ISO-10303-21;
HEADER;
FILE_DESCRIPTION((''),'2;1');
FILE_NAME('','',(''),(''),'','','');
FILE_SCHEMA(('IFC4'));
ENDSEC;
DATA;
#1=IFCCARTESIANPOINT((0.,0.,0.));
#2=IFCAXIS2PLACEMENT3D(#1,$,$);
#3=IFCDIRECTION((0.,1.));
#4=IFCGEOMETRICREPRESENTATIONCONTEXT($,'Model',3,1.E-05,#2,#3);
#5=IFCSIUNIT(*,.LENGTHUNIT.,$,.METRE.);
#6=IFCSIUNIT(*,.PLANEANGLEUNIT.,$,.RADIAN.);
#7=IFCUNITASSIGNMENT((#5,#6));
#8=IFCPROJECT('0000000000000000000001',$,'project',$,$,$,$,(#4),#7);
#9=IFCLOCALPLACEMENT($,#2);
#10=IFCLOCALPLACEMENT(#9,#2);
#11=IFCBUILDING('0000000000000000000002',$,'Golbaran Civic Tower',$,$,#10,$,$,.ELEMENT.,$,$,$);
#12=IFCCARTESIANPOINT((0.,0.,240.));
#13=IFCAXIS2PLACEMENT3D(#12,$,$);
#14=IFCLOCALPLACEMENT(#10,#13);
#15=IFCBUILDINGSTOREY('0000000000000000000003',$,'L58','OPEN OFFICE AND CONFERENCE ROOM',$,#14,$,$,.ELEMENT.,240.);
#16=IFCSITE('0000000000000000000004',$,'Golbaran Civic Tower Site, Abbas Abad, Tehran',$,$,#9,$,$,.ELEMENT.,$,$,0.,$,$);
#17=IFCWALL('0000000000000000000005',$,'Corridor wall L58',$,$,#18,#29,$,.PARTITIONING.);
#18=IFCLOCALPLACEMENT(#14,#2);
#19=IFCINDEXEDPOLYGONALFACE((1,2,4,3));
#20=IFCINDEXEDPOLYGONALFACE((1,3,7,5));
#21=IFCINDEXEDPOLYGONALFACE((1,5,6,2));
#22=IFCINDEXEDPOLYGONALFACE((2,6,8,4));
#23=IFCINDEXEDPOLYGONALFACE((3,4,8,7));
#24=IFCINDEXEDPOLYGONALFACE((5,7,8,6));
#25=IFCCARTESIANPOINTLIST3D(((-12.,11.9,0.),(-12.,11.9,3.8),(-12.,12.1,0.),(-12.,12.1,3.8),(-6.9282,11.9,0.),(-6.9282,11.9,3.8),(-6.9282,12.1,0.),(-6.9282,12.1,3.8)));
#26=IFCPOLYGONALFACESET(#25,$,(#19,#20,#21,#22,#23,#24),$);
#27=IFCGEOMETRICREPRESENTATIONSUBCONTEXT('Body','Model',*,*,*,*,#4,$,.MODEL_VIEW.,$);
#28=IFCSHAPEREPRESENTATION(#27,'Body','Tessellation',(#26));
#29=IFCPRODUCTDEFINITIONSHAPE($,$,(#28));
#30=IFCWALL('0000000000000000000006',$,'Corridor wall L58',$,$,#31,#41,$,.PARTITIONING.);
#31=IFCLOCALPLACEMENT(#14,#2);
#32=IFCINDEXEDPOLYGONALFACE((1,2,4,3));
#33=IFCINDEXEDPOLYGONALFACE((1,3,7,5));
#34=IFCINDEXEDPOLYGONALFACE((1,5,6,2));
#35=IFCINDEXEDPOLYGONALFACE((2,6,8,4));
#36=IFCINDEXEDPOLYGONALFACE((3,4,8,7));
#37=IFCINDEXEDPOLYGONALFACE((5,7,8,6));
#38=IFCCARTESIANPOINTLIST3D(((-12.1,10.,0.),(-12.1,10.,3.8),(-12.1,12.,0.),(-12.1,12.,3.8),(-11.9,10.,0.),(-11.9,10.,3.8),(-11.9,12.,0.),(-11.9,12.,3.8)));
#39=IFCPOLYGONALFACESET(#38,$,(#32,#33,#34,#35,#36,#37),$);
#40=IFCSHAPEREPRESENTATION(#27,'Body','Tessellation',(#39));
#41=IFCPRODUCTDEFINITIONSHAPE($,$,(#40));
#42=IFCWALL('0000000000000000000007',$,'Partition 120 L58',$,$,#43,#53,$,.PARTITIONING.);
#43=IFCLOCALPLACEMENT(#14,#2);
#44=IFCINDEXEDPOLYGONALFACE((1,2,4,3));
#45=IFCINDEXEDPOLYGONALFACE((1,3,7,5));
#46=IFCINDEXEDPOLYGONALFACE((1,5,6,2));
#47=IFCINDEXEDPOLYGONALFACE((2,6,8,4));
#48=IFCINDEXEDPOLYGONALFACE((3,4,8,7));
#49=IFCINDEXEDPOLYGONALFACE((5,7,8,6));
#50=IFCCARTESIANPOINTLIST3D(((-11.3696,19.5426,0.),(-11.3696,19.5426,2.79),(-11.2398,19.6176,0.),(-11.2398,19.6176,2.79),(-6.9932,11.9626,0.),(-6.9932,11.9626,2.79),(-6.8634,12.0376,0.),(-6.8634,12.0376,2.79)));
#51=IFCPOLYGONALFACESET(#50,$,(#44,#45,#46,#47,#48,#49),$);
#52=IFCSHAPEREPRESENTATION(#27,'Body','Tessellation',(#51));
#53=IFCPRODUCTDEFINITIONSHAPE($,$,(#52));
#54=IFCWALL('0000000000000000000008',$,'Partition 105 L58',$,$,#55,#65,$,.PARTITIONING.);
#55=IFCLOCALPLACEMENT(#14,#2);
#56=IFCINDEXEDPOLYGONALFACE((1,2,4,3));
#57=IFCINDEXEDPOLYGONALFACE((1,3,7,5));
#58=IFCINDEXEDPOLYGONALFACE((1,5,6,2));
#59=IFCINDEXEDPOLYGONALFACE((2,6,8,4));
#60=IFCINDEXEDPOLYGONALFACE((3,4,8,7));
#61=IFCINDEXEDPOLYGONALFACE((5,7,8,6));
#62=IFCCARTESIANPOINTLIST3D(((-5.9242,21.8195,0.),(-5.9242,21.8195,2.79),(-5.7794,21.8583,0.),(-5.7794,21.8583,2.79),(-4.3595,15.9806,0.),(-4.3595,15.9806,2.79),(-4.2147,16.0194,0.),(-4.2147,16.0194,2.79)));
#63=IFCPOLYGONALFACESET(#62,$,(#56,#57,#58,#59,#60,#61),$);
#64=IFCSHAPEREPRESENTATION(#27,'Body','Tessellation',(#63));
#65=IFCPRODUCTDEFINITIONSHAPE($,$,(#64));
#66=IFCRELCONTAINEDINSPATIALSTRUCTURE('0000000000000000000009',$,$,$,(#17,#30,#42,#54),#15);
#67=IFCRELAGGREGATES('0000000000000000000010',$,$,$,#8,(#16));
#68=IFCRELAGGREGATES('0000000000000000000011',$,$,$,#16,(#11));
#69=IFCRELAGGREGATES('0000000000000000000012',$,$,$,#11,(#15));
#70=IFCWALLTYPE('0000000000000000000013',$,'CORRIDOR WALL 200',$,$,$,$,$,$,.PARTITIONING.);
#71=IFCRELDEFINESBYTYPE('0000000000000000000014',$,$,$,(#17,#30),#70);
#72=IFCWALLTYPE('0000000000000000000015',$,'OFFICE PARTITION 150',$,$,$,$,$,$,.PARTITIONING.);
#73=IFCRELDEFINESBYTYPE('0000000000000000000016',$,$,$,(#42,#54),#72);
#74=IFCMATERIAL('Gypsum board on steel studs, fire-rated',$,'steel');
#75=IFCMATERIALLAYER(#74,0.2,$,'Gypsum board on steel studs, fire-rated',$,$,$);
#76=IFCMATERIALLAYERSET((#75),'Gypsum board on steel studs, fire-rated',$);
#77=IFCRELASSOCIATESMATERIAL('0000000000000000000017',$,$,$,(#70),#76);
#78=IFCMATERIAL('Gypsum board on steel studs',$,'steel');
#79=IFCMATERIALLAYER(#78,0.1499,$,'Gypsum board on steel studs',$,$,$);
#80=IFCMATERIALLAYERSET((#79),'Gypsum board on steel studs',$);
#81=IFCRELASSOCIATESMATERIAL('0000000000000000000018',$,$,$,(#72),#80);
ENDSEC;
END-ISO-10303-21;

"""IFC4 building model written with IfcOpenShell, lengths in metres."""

from ifc_helpers import new_model, si_unit, direction, frame, frame_2d, origin, place, context, subcontext, project, spatial, rectangle, extrude, material, layer, layer_set, type_object, element, save


model = new_model("IFC4")

# Units and contexts
model_context = context("Model", 3, precision=1e-05, world=origin(), true_north=direction((0.0, 1.0)))
body_context = subcontext(model_context, "Body", "Model", "MODEL_VIEW")
ifc_project = project(units=[si_unit("LENGTHUNIT", "METRE"), si_unit("PLANEANGLEUNIT", "RADIAN")], contexts=[model_context])

# Site, building, storey
site_placement = place(None, origin())
site = spatial("IfcSite", under=ifc_project, at=site_placement, Name="Golbaran Civic Tower Site, Abbas Abad, Tehran", CompositionType="ELEMENT", RefElevation=0.0)
building_placement = place(site_placement, origin())
building = spatial("IfcBuilding", under=site, at=building_placement, Name="Golbaran Civic Tower", CompositionType="ELEMENT")
storey_placement = place(building_placement, frame((0.0, 0.0, 240.0)))
storey = spatial("IfcBuildingStorey", under=building, at=storey_placement, Name="L58", Description="OPEN OFFICE AND CONFERENCE ROOM", CompositionType="ELEMENT", Elevation=240.0)

# Walls
ifc_material_1 = material(Name="Gypsum board on steel studs, fire-rated", Category="steel")
ifc_layer_1 = layer(ifc_material_1, 0.2, Name="Gypsum board on steel studs, fire-rated")
ifc_layer_set_1 = layer_set([ifc_layer_1], Name="Gypsum board on steel studs, fire-rated")
wall_type_1 = type_object("IfcWallType", Name="CORRIDOR WALL 200", PredefinedType="PARTITIONING", material=ifc_layer_set_1)
wall_1_placement = place(storey_placement, frame((-6.9282, 12.0, 0.0), z_axis=(0.0, 0.0, 1.0), x_axis=(-1.0, 0.0, 0.0)))
element("IfcWall", 1, at=wall_1_placement, inside=storey, type_object=wall_type_1, Name="Corridor wall L58", PredefinedType="PARTITIONING", context=body_context, shape_type="SweptSolid", body=[
    extrude(rectangle(XDim=5.0718, YDim=0.2, at=frame_2d((2.5359, 0.0))), origin(), (0.0, 0.0, 1.0), 3.8),
])
wall_2_placement = place(storey_placement, frame((-12.0, 12.0, 0.0), z_axis=(0.0, 0.0, 1.0), x_axis=(0.0, -1.0, 0.0)))
element("IfcWall", 2, at=wall_2_placement, inside=storey, type_object=wall_type_1, Name="Corridor wall L58", PredefinedType="PARTITIONING", context=body_context, shape_type="SweptSolid", body=[
    extrude(rectangle(XDim=2.0, YDim=0.2, at=frame_2d((1.0, 0.0))), origin(), (0.0, 0.0, 1.0), 3.8),
])
ifc_material_2 = material(Name="Gypsum board on steel studs", Category="steel")
ifc_layer_2 = layer(ifc_material_2, 0.1499, Name="Gypsum board on steel studs")
ifc_layer_set_2 = layer_set([ifc_layer_2], Name="Gypsum board on steel studs")
wall_type_2 = type_object("IfcWallType", Name="OFFICE PARTITION 150", PredefinedType="PARTITIONING", material=ifc_layer_set_2)
wall_3_placement = place(storey_placement, frame((-6.9282, 12.0, 0.0), z_axis=(0.0, 0.0, 1.0), x_axis=(-0.500009, 0.86602, 0.0)))
element("IfcWall", 3, at=wall_3_placement, inside=storey, type_object=wall_type_2, Name="Partition 120 L58", PredefinedType="PARTITIONING", context=body_context, shape_type="SweptSolid", body=[
    extrude(rectangle(XDim=8.7527, YDim=0.1499, at=frame_2d((4.3765, 0.0))), origin(), (0.0, 0.0, 1.0), 2.79),
])
wall_4_placement = place(storey_placement, frame((-4.2871, 16.0, 0.0), z_axis=(0.0, 0.0, 1.0), x_axis=(-0.258846, 0.965918, 0.0)))
element("IfcWall", 4, at=wall_4_placement, inside=storey, type_object=wall_type_2, Name="Partition 105 L58", PredefinedType="PARTITIONING", context=body_context, shape_type="SweptSolid", body=[
    extrude(rectangle(XDim=6.0449, YDim=0.1499, at=frame_2d((3.0225, 0.0))), origin(), (0.0, 0.0, 1.0), 2.79),
])

save(model, "model.ifc")
